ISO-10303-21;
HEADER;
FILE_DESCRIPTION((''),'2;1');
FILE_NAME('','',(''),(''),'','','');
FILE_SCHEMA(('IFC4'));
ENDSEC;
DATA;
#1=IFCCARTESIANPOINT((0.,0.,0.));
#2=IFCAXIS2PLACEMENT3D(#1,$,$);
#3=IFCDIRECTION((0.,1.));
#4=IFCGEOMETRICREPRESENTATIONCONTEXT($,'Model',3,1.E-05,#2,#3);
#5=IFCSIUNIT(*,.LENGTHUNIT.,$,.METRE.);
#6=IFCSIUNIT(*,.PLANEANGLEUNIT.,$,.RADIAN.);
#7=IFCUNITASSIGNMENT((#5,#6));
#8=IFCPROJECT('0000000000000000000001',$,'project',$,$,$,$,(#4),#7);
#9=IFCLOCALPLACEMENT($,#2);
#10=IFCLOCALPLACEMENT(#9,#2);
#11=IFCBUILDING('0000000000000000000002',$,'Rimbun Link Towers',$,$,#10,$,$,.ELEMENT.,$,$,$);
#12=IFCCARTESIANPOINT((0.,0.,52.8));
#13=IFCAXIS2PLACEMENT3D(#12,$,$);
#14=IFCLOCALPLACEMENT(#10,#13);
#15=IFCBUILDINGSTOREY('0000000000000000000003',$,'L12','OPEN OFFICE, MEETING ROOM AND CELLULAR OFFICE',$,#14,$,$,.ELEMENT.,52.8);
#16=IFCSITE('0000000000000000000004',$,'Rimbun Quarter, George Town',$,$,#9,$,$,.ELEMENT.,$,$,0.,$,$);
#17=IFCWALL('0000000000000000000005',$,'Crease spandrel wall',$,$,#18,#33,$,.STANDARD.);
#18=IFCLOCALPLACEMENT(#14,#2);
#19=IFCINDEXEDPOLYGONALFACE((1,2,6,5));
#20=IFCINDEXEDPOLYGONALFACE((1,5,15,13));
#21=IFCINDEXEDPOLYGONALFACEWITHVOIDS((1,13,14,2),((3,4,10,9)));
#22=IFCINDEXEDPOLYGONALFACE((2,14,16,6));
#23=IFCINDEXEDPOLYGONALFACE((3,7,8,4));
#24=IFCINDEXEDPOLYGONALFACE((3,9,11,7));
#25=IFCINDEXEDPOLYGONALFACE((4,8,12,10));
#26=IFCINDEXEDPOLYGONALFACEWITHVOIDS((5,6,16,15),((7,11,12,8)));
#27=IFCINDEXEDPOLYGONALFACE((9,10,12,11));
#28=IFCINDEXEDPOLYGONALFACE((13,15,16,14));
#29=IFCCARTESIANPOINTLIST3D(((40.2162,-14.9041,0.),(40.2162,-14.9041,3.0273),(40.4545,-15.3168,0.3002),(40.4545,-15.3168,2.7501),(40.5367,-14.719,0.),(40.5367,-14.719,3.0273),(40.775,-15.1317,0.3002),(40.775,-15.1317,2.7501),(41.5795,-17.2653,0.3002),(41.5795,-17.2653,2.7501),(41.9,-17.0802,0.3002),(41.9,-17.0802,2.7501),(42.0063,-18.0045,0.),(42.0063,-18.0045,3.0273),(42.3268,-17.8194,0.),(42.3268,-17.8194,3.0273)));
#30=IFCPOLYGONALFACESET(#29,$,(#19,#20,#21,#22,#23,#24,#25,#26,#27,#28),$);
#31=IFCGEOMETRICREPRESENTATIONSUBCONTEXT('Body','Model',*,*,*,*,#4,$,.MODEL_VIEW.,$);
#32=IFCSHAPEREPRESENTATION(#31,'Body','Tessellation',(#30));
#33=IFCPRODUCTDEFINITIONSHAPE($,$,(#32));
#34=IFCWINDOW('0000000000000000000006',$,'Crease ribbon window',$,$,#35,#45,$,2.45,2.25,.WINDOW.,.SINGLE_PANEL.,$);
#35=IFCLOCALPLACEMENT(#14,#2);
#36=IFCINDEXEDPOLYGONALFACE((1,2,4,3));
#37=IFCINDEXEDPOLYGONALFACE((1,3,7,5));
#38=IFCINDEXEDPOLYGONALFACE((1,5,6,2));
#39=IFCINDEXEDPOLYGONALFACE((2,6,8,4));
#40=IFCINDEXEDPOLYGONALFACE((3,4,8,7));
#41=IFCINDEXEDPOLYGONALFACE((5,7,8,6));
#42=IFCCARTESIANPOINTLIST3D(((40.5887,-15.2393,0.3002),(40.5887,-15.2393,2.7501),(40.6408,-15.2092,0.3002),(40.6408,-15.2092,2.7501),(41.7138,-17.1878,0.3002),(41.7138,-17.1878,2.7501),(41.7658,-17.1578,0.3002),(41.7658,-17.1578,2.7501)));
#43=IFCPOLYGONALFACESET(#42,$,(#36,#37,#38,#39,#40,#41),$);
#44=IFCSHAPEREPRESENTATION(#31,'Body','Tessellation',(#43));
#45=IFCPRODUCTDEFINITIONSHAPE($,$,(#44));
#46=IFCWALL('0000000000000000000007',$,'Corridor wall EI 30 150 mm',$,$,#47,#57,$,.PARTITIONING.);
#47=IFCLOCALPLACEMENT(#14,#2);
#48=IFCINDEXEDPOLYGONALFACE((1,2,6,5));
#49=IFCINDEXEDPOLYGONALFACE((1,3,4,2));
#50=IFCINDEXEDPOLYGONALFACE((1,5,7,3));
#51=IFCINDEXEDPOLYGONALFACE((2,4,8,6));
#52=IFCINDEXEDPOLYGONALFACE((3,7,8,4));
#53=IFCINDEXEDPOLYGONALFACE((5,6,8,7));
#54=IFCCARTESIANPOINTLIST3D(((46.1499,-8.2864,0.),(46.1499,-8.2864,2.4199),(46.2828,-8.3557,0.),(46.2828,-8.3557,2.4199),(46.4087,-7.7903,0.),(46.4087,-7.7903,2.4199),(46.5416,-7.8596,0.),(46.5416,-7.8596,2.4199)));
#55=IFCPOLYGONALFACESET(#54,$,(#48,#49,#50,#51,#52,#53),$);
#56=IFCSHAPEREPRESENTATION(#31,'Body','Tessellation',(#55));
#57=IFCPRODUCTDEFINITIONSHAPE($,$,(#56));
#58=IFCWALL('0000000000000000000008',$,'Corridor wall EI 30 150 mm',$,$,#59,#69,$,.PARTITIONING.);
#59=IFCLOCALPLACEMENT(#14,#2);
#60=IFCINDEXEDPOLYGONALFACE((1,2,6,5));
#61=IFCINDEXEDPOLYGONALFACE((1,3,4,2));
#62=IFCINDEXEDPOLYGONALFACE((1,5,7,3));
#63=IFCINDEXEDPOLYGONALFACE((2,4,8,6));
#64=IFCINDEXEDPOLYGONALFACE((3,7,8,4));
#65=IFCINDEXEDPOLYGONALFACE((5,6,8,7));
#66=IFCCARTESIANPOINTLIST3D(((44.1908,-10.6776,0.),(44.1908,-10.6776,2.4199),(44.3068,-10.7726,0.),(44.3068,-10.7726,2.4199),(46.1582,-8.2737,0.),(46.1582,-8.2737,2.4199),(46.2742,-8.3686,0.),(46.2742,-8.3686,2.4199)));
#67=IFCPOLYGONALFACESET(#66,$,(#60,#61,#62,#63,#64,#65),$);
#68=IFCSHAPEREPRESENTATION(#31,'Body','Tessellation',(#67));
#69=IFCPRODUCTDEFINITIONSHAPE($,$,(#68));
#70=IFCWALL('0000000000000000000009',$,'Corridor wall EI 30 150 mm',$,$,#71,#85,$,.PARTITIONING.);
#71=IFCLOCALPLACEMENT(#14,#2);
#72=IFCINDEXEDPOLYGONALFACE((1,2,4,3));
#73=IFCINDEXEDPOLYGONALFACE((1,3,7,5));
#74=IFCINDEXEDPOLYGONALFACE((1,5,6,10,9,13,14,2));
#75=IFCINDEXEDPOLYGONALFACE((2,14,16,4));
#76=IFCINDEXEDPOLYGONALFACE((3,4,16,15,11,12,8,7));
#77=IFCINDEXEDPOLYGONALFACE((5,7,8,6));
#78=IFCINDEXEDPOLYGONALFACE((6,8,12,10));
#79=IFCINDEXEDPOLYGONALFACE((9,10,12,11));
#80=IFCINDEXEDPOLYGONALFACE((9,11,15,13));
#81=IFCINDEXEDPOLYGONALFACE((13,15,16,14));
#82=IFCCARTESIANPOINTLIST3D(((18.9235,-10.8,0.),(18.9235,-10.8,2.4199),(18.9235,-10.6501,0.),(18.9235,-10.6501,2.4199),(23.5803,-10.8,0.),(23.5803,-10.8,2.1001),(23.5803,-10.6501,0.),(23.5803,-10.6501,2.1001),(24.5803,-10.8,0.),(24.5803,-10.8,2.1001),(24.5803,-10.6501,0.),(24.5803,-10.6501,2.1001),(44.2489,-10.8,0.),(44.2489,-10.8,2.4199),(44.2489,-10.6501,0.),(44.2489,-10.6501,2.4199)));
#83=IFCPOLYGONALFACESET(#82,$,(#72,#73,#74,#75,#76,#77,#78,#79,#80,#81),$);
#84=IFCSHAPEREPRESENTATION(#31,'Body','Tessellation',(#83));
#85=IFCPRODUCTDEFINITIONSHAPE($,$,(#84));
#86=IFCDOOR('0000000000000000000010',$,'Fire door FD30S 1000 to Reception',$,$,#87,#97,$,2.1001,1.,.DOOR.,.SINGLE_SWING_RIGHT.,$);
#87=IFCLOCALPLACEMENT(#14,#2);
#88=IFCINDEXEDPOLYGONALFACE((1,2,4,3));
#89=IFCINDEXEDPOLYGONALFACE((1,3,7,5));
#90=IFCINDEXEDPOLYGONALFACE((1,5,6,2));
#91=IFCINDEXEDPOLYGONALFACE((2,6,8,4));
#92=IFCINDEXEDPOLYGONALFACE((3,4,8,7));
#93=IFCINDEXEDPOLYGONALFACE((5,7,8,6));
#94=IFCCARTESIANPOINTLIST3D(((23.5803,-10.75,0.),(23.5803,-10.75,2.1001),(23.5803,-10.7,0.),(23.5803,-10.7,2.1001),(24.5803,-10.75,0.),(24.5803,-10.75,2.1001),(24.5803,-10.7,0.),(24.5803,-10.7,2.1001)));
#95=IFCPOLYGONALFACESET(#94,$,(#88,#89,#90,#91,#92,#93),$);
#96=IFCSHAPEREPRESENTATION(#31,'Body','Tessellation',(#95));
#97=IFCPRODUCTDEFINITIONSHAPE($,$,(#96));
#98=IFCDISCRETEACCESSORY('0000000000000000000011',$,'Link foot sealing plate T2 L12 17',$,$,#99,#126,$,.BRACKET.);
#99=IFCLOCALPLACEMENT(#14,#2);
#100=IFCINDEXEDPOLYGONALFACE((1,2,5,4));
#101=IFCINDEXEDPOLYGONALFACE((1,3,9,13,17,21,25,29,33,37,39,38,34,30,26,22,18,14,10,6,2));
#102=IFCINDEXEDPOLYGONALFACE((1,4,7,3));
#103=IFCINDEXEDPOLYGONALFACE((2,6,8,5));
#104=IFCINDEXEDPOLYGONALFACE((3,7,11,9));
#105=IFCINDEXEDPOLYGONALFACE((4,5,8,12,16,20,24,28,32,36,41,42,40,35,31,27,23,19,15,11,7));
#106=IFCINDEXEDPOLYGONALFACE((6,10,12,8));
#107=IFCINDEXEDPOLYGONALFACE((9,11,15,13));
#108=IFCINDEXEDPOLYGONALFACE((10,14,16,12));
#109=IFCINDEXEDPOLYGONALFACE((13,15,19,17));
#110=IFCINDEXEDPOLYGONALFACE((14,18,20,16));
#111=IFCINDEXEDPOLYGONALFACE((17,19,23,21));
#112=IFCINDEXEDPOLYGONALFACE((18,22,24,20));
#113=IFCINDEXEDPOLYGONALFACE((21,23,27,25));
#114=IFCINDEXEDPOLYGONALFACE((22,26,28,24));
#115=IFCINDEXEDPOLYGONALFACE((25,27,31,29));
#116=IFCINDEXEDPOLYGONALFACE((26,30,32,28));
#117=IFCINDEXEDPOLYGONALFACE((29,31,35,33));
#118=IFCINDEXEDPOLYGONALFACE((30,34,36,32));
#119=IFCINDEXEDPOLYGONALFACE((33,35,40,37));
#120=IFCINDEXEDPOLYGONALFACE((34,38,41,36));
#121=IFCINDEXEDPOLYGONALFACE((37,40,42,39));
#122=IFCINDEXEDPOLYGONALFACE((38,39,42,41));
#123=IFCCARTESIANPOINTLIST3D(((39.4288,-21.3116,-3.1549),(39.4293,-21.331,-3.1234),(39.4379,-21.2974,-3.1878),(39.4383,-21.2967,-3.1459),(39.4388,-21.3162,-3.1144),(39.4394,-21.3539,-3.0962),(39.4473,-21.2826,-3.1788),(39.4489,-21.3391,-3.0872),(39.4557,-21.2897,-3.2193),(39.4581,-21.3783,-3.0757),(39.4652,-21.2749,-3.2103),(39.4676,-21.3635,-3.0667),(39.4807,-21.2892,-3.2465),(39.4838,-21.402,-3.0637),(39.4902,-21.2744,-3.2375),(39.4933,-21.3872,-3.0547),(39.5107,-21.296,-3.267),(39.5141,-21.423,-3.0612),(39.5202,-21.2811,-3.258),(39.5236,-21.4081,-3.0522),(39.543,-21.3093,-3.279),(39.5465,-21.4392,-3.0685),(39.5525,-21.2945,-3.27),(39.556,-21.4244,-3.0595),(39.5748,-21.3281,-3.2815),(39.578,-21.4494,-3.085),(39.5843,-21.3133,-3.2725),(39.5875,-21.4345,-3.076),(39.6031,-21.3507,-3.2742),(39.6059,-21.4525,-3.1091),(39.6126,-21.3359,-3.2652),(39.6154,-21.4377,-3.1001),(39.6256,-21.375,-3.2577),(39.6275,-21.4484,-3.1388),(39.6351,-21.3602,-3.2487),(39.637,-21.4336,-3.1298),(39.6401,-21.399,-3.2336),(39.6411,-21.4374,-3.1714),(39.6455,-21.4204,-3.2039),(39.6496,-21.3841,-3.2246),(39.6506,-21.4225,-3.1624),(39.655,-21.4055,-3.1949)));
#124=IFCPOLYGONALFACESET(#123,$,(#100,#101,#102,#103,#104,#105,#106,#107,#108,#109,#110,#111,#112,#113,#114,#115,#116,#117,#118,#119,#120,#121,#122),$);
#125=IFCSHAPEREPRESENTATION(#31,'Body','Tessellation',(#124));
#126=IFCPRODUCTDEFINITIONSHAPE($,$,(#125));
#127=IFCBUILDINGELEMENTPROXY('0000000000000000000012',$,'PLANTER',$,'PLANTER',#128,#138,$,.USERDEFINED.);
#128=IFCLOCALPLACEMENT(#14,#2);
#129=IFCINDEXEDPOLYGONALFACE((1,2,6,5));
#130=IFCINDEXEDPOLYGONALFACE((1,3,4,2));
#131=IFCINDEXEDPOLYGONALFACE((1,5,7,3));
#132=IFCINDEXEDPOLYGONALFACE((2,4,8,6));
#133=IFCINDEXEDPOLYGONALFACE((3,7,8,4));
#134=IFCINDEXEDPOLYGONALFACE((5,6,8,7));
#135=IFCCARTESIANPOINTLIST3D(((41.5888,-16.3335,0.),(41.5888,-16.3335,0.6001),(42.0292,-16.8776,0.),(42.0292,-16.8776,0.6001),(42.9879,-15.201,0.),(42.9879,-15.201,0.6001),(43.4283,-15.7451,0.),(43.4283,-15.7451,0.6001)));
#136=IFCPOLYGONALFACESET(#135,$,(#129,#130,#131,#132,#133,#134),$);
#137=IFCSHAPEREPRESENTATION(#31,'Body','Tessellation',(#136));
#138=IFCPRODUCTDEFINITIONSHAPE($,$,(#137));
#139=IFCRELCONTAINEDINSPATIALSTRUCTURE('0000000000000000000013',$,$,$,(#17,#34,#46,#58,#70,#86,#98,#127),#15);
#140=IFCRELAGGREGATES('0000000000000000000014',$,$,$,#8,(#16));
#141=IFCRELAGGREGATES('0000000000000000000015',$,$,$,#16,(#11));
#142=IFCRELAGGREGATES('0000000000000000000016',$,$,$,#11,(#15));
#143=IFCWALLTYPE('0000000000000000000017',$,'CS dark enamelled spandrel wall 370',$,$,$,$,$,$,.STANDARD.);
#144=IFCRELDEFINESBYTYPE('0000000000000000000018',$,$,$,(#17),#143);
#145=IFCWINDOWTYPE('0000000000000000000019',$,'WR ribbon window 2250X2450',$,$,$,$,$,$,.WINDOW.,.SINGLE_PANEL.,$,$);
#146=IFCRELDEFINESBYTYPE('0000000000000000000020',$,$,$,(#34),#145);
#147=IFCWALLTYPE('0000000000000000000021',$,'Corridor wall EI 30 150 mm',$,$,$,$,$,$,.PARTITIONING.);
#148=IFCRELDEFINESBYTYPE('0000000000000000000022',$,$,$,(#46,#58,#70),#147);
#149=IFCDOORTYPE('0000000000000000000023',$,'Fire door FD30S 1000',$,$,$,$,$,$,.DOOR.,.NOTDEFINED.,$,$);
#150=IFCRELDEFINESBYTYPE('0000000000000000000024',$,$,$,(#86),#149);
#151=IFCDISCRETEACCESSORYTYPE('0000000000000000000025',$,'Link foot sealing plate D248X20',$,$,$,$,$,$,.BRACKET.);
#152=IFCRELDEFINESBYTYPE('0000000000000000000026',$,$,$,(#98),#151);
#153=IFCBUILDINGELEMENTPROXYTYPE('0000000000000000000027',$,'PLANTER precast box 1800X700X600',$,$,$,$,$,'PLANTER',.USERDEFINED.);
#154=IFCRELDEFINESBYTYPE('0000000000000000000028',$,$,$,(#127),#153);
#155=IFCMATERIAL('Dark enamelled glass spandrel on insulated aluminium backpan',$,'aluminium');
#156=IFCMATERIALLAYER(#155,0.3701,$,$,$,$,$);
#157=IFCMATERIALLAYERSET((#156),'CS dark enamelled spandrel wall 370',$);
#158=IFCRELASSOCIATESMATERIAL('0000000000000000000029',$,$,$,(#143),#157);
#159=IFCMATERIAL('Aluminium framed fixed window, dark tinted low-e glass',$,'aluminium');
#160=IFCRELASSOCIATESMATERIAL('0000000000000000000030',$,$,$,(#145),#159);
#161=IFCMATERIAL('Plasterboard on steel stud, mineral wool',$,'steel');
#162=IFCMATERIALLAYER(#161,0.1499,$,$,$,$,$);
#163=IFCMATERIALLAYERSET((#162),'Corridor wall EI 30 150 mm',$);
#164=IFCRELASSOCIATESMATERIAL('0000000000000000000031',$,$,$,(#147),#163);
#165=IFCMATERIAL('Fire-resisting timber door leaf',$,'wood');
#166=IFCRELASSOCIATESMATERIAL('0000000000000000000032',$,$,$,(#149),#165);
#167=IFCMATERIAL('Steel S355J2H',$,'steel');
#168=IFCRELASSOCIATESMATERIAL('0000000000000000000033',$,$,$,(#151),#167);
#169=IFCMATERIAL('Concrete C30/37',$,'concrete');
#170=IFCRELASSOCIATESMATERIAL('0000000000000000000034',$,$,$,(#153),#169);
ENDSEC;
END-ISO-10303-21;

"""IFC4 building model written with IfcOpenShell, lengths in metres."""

from ifc_helpers import new_model, si_unit, direction, frame, frame_2d, origin, origin_2d, place, context, subcontext, project, spatial, rectangle, circle, extrude, material, layer, layer_set, material_profile, profile_set, type_object, element, fill, save


model = new_model("IFC4")

# Units and contexts
model_context = context("Model", 3, precision=1e-05, world=origin(), true_north=direction((0.0, 1.0)))
body_context = subcontext(model_context, "Body", "Model", "MODEL_VIEW")
ifc_project = project(units=[si_unit("LENGTHUNIT", "METRE"), si_unit("PLANEANGLEUNIT", "RADIAN")], contexts=[model_context])

# Site, building, storey
site_placement = place(None, origin())
site = spatial("IfcSite", under=ifc_project, at=site_placement, Name="Rimbun Quarter, George Town", CompositionType="ELEMENT", RefElevation=0.0)
building_placement = place(site_placement, origin())
building = spatial("IfcBuilding", under=site, at=building_placement, Name="Rimbun Link Towers", CompositionType="ELEMENT")
storey_placement = place(building_placement, frame((0.0, 0.0, 52.8)))
storey = spatial("IfcBuildingStorey", under=building, at=storey_placement, Name="L12", Description="OPEN OFFICE, MEETING ROOM AND CELLULAR OFFICE", CompositionType="ELEMENT", Elevation=52.8)

# Wall, opening, window
ifc_material_1 = material(Name="Dark enamelled glass spandrel on insulated aluminium backpan", Category="aluminium")
ifc_layer_1 = layer(ifc_material_1, 0.3701)
ifc_layer_set_1 = layer_set([ifc_layer_1], Name="CS dark enamelled spandrel wall 370")
wall_type_1 = type_object("IfcWallType", Name="CS dark enamelled spandrel wall 370", PredefinedType="STANDARD", material=ifc_layer_set_1)
wall_1_placement = place(storey_placement, frame((40.3765, -14.8115, 0.0), z_axis=(0.0, 0.0, 1.0), x_axis=(0.500012, -0.866019, 0.0)))
wall_1 = element("IfcWall", 1, at=wall_1_placement, inside=storey, type_object=wall_type_1, Name="Crease spandrel wall", PredefinedType="STANDARD", context=body_context, shape_type="SweptSolid", body=[
    extrude(rectangle(XDim=3.5801, YDim=0.3701, at=frame_2d((1.79, 0.0))), origin(), (0.0, 0.0, 1.0), 3.0273),
])
opening_1_placement = place(wall_1_placement, frame((0.4766, 0.0, 0.3)))
opening_1 = element("IfcOpeningElement", 2, at=opening_1_placement, cuts=wall_1, PredefinedType="OPENING", context=body_context, shape_type="SweptSolid", body=[
    extrude(rectangle(XDim=2.25, YDim=2.45, at=frame_2d((1.125, 1.2251))), frame((0.0, 0.1951, 0.0), z_axis=(0.0, -1.0, 0.0), x_axis=(1.0, 0.0, 0.0)), (0.0, 0.0, 1.0), 0.3901),
])
ifc_material_2 = material(Name="Aluminium framed fixed window, dark tinted low-e glass", Category="aluminium")
window_type_1 = type_object("IfcWindowType", Name="WR ribbon window 2250X2450", PartitioningType="SINGLE_PANEL", PredefinedType="WINDOW", material=ifc_material_2)
window_1_placement = place(opening_1_placement, origin())
window_1 = element("IfcWindow", 3, at=window_1_placement, inside=storey, type_object=window_type_1, Name="Crease ribbon window", OverallHeight=2.45, OverallWidth=2.25, PartitioningType="SINGLE_PANEL", PredefinedType="WINDOW", context=body_context, shape_type="SweptSolid", body=[
    extrude(rectangle(XDim=2.25, YDim=2.45, at=frame_2d((1.125, 1.2251))), frame((0.0, 0.03, 0.0), z_axis=(0.0, -1.0, 0.0), x_axis=(1.0, 0.0, 0.0)), (0.0, 0.0, 1.0), 0.0601),
])
fill(opening_1, window_1)

# Walls
ifc_material_3 = material(Name="Plasterboard on steel stud, mineral wool", Category="steel")
ifc_layer_2 = layer(ifc_material_3, 0.1499)
ifc_layer_set_2 = layer_set([ifc_layer_2], Name="Corridor wall EI 30 150 mm")
wall_type_2 = type_object("IfcWallType", Name="Corridor wall EI 30 150 mm", PredefinedType="PARTITIONING", material=ifc_layer_set_2)
wall_2_placement = place(storey_placement, frame((46.2163, -8.321, 0.0), z_axis=(0.0, 0.0, 1.0), x_axis=(0.462506, 0.886616, 0.0)))
element("IfcWall", 4, at=wall_2_placement, inside=storey, type_object=wall_type_2, Name="Corridor wall EI 30 150 mm", PredefinedType="PARTITIONING", context=body_context, shape_type="SweptSolid", body=[
    extrude(rectangle(XDim=0.5596, YDim=0.1499, at=frame_2d((0.2798, 0.0))), origin(), (0.0, 0.0, 1.0), 2.4199),
])
wall_3_placement = place(storey_placement, frame((44.2488, -10.7251, 0.0), z_axis=(0.0, 0.0, 1.0), x_axis=(0.633349, 0.773866, 0.0)))
element("IfcWall", 5, at=wall_3_placement, inside=storey, type_object=wall_type_2, Name="Corridor wall EI 30 150 mm", PredefinedType="PARTITIONING", context=body_context, shape_type="SweptSolid", body=[
    extrude(rectangle(XDim=3.1064, YDim=0.1499, at=frame_2d((1.5532, 0.0))), origin(), (0.0, 0.0, 1.0), 2.4199),
])

# Wall, opening, door
wall_4_placement = place(storey_placement, frame((44.2488, -10.7251, 0.0), z_axis=(0.0, 0.0, 1.0), x_axis=(-1.0, 0.0, 0.0)))
wall_4 = element("IfcWall", 6, at=wall_4_placement, inside=storey, type_object=wall_type_2, Name="Corridor wall EI 30 150 mm", PredefinedType="PARTITIONING", context=body_context, shape_type="SweptSolid", body=[
    extrude(rectangle(XDim=25.3254, YDim=0.1499, at=frame_2d((12.6626, 0.0))), origin(), (0.0, 0.0, 1.0), 2.4199),
])
opening_2_placement = place(wall_4_placement, frame((19.6685, 0.0, 0.0)))
opening_2 = element("IfcOpeningElement", 7, at=opening_2_placement, cuts=wall_4, PredefinedType="OPENING", context=body_context, shape_type="SweptSolid", body=[
    extrude(rectangle(XDim=1.0, YDim=2.1001, at=frame_2d((0.5, 1.05))), frame((0.0, 0.085, 0.0), z_axis=(0.0, -1.0, 0.0), x_axis=(1.0, 0.0, 0.0)), (0.0, 0.0, 1.0), 0.1699),
])
ifc_material_4 = material(Name="Fire-resisting timber door leaf", Category="wood")
door_type_1 = type_object("IfcDoorType", Name="Fire door FD30S 1000", OperationType="NOTDEFINED", PredefinedType="DOOR", material=ifc_material_4)
door_1_placement = place(opening_2_placement, origin())
door_1 = element("IfcDoor", 8, at=door_1_placement, inside=storey, type_object=door_type_1, Name="Fire door FD30S 1000 to Reception", OperationType="SINGLE_SWING_RIGHT", OverallHeight=2.1001, OverallWidth=1.0, PredefinedType="DOOR", context=body_context, shape_type="SweptSolid", body=[
    extrude(rectangle(XDim=1.0, YDim=2.1001, at=frame_2d((0.5, 1.05))), frame((0.0, 0.0249, 0.0), z_axis=(0.0, -1.0, 0.0), x_axis=(1.0, 0.0, 0.0)), (0.0, 0.0, 1.0), 0.05),
])
fill(opening_2, door_1)

# Discrete accessory
ifc_material_5 = material(Name="Steel S355J2H", Category="steel")
ifc_material_profile_1 = material_profile(ifc_material_5, circle(Radius=0.124, at=origin_2d()), Name="PL D248")
ifc_profile_set_1 = profile_set([ifc_material_profile_1], Name="Steel S355J2H")
discrete_accessory_type = type_object("IfcDiscreteAccessoryType", Name="Link foot sealing plate D248X20", PredefinedType="BRACKET", material=ifc_profile_set_1)
discrete_accessory_placement = place(storey_placement, frame((39.5461, -21.3557, -3.1624), z_axis=(-0.479657, -0.750233, -0.455059), x_axis=(0.842522, -0.538662, 0.0)))
element("IfcDiscreteAccessory", 9, at=discrete_accessory_placement, inside=storey, type_object=discrete_accessory_type, Name="Link foot sealing plate T2 L12 17", PredefinedType="BRACKET", context=body_context, shape_type="SweptSolid", body=[
    extrude(circle(Radius=0.124, at=origin_2d()), origin(), (0.0, 0.0, 1.0), 0.0198),
])

# Building element proxy
ifc_material_6 = material(Name="Concrete C30/37", Category="concrete")
building_element_proxy_type = type_object("IfcBuildingElementProxyType", Name="PLANTER precast box 1800X700X600", ElementType="PLANTER", PredefinedType="USERDEFINED", material=ifc_material_6)
proxy_placement = place(storey_placement, frame((42.5085, -16.0393, 0.0), z_axis=(0.0, 0.0, 1.0), x_axis=(0.777277, 0.629158, 0.0)))
element("IfcBuildingElementProxy", 10, at=proxy_placement, inside=storey, type_object=building_element_proxy_type, Name="PLANTER", ObjectType="PLANTER", PredefinedType="USERDEFINED", context=body_context, shape_type="SweptSolid", body=[
    extrude(rectangle(XDim=1.8, YDim=0.7, at=origin_2d()), origin(), (0.0, 0.0, 1.0), 0.6001),
])

save(model, "model.ifc")
